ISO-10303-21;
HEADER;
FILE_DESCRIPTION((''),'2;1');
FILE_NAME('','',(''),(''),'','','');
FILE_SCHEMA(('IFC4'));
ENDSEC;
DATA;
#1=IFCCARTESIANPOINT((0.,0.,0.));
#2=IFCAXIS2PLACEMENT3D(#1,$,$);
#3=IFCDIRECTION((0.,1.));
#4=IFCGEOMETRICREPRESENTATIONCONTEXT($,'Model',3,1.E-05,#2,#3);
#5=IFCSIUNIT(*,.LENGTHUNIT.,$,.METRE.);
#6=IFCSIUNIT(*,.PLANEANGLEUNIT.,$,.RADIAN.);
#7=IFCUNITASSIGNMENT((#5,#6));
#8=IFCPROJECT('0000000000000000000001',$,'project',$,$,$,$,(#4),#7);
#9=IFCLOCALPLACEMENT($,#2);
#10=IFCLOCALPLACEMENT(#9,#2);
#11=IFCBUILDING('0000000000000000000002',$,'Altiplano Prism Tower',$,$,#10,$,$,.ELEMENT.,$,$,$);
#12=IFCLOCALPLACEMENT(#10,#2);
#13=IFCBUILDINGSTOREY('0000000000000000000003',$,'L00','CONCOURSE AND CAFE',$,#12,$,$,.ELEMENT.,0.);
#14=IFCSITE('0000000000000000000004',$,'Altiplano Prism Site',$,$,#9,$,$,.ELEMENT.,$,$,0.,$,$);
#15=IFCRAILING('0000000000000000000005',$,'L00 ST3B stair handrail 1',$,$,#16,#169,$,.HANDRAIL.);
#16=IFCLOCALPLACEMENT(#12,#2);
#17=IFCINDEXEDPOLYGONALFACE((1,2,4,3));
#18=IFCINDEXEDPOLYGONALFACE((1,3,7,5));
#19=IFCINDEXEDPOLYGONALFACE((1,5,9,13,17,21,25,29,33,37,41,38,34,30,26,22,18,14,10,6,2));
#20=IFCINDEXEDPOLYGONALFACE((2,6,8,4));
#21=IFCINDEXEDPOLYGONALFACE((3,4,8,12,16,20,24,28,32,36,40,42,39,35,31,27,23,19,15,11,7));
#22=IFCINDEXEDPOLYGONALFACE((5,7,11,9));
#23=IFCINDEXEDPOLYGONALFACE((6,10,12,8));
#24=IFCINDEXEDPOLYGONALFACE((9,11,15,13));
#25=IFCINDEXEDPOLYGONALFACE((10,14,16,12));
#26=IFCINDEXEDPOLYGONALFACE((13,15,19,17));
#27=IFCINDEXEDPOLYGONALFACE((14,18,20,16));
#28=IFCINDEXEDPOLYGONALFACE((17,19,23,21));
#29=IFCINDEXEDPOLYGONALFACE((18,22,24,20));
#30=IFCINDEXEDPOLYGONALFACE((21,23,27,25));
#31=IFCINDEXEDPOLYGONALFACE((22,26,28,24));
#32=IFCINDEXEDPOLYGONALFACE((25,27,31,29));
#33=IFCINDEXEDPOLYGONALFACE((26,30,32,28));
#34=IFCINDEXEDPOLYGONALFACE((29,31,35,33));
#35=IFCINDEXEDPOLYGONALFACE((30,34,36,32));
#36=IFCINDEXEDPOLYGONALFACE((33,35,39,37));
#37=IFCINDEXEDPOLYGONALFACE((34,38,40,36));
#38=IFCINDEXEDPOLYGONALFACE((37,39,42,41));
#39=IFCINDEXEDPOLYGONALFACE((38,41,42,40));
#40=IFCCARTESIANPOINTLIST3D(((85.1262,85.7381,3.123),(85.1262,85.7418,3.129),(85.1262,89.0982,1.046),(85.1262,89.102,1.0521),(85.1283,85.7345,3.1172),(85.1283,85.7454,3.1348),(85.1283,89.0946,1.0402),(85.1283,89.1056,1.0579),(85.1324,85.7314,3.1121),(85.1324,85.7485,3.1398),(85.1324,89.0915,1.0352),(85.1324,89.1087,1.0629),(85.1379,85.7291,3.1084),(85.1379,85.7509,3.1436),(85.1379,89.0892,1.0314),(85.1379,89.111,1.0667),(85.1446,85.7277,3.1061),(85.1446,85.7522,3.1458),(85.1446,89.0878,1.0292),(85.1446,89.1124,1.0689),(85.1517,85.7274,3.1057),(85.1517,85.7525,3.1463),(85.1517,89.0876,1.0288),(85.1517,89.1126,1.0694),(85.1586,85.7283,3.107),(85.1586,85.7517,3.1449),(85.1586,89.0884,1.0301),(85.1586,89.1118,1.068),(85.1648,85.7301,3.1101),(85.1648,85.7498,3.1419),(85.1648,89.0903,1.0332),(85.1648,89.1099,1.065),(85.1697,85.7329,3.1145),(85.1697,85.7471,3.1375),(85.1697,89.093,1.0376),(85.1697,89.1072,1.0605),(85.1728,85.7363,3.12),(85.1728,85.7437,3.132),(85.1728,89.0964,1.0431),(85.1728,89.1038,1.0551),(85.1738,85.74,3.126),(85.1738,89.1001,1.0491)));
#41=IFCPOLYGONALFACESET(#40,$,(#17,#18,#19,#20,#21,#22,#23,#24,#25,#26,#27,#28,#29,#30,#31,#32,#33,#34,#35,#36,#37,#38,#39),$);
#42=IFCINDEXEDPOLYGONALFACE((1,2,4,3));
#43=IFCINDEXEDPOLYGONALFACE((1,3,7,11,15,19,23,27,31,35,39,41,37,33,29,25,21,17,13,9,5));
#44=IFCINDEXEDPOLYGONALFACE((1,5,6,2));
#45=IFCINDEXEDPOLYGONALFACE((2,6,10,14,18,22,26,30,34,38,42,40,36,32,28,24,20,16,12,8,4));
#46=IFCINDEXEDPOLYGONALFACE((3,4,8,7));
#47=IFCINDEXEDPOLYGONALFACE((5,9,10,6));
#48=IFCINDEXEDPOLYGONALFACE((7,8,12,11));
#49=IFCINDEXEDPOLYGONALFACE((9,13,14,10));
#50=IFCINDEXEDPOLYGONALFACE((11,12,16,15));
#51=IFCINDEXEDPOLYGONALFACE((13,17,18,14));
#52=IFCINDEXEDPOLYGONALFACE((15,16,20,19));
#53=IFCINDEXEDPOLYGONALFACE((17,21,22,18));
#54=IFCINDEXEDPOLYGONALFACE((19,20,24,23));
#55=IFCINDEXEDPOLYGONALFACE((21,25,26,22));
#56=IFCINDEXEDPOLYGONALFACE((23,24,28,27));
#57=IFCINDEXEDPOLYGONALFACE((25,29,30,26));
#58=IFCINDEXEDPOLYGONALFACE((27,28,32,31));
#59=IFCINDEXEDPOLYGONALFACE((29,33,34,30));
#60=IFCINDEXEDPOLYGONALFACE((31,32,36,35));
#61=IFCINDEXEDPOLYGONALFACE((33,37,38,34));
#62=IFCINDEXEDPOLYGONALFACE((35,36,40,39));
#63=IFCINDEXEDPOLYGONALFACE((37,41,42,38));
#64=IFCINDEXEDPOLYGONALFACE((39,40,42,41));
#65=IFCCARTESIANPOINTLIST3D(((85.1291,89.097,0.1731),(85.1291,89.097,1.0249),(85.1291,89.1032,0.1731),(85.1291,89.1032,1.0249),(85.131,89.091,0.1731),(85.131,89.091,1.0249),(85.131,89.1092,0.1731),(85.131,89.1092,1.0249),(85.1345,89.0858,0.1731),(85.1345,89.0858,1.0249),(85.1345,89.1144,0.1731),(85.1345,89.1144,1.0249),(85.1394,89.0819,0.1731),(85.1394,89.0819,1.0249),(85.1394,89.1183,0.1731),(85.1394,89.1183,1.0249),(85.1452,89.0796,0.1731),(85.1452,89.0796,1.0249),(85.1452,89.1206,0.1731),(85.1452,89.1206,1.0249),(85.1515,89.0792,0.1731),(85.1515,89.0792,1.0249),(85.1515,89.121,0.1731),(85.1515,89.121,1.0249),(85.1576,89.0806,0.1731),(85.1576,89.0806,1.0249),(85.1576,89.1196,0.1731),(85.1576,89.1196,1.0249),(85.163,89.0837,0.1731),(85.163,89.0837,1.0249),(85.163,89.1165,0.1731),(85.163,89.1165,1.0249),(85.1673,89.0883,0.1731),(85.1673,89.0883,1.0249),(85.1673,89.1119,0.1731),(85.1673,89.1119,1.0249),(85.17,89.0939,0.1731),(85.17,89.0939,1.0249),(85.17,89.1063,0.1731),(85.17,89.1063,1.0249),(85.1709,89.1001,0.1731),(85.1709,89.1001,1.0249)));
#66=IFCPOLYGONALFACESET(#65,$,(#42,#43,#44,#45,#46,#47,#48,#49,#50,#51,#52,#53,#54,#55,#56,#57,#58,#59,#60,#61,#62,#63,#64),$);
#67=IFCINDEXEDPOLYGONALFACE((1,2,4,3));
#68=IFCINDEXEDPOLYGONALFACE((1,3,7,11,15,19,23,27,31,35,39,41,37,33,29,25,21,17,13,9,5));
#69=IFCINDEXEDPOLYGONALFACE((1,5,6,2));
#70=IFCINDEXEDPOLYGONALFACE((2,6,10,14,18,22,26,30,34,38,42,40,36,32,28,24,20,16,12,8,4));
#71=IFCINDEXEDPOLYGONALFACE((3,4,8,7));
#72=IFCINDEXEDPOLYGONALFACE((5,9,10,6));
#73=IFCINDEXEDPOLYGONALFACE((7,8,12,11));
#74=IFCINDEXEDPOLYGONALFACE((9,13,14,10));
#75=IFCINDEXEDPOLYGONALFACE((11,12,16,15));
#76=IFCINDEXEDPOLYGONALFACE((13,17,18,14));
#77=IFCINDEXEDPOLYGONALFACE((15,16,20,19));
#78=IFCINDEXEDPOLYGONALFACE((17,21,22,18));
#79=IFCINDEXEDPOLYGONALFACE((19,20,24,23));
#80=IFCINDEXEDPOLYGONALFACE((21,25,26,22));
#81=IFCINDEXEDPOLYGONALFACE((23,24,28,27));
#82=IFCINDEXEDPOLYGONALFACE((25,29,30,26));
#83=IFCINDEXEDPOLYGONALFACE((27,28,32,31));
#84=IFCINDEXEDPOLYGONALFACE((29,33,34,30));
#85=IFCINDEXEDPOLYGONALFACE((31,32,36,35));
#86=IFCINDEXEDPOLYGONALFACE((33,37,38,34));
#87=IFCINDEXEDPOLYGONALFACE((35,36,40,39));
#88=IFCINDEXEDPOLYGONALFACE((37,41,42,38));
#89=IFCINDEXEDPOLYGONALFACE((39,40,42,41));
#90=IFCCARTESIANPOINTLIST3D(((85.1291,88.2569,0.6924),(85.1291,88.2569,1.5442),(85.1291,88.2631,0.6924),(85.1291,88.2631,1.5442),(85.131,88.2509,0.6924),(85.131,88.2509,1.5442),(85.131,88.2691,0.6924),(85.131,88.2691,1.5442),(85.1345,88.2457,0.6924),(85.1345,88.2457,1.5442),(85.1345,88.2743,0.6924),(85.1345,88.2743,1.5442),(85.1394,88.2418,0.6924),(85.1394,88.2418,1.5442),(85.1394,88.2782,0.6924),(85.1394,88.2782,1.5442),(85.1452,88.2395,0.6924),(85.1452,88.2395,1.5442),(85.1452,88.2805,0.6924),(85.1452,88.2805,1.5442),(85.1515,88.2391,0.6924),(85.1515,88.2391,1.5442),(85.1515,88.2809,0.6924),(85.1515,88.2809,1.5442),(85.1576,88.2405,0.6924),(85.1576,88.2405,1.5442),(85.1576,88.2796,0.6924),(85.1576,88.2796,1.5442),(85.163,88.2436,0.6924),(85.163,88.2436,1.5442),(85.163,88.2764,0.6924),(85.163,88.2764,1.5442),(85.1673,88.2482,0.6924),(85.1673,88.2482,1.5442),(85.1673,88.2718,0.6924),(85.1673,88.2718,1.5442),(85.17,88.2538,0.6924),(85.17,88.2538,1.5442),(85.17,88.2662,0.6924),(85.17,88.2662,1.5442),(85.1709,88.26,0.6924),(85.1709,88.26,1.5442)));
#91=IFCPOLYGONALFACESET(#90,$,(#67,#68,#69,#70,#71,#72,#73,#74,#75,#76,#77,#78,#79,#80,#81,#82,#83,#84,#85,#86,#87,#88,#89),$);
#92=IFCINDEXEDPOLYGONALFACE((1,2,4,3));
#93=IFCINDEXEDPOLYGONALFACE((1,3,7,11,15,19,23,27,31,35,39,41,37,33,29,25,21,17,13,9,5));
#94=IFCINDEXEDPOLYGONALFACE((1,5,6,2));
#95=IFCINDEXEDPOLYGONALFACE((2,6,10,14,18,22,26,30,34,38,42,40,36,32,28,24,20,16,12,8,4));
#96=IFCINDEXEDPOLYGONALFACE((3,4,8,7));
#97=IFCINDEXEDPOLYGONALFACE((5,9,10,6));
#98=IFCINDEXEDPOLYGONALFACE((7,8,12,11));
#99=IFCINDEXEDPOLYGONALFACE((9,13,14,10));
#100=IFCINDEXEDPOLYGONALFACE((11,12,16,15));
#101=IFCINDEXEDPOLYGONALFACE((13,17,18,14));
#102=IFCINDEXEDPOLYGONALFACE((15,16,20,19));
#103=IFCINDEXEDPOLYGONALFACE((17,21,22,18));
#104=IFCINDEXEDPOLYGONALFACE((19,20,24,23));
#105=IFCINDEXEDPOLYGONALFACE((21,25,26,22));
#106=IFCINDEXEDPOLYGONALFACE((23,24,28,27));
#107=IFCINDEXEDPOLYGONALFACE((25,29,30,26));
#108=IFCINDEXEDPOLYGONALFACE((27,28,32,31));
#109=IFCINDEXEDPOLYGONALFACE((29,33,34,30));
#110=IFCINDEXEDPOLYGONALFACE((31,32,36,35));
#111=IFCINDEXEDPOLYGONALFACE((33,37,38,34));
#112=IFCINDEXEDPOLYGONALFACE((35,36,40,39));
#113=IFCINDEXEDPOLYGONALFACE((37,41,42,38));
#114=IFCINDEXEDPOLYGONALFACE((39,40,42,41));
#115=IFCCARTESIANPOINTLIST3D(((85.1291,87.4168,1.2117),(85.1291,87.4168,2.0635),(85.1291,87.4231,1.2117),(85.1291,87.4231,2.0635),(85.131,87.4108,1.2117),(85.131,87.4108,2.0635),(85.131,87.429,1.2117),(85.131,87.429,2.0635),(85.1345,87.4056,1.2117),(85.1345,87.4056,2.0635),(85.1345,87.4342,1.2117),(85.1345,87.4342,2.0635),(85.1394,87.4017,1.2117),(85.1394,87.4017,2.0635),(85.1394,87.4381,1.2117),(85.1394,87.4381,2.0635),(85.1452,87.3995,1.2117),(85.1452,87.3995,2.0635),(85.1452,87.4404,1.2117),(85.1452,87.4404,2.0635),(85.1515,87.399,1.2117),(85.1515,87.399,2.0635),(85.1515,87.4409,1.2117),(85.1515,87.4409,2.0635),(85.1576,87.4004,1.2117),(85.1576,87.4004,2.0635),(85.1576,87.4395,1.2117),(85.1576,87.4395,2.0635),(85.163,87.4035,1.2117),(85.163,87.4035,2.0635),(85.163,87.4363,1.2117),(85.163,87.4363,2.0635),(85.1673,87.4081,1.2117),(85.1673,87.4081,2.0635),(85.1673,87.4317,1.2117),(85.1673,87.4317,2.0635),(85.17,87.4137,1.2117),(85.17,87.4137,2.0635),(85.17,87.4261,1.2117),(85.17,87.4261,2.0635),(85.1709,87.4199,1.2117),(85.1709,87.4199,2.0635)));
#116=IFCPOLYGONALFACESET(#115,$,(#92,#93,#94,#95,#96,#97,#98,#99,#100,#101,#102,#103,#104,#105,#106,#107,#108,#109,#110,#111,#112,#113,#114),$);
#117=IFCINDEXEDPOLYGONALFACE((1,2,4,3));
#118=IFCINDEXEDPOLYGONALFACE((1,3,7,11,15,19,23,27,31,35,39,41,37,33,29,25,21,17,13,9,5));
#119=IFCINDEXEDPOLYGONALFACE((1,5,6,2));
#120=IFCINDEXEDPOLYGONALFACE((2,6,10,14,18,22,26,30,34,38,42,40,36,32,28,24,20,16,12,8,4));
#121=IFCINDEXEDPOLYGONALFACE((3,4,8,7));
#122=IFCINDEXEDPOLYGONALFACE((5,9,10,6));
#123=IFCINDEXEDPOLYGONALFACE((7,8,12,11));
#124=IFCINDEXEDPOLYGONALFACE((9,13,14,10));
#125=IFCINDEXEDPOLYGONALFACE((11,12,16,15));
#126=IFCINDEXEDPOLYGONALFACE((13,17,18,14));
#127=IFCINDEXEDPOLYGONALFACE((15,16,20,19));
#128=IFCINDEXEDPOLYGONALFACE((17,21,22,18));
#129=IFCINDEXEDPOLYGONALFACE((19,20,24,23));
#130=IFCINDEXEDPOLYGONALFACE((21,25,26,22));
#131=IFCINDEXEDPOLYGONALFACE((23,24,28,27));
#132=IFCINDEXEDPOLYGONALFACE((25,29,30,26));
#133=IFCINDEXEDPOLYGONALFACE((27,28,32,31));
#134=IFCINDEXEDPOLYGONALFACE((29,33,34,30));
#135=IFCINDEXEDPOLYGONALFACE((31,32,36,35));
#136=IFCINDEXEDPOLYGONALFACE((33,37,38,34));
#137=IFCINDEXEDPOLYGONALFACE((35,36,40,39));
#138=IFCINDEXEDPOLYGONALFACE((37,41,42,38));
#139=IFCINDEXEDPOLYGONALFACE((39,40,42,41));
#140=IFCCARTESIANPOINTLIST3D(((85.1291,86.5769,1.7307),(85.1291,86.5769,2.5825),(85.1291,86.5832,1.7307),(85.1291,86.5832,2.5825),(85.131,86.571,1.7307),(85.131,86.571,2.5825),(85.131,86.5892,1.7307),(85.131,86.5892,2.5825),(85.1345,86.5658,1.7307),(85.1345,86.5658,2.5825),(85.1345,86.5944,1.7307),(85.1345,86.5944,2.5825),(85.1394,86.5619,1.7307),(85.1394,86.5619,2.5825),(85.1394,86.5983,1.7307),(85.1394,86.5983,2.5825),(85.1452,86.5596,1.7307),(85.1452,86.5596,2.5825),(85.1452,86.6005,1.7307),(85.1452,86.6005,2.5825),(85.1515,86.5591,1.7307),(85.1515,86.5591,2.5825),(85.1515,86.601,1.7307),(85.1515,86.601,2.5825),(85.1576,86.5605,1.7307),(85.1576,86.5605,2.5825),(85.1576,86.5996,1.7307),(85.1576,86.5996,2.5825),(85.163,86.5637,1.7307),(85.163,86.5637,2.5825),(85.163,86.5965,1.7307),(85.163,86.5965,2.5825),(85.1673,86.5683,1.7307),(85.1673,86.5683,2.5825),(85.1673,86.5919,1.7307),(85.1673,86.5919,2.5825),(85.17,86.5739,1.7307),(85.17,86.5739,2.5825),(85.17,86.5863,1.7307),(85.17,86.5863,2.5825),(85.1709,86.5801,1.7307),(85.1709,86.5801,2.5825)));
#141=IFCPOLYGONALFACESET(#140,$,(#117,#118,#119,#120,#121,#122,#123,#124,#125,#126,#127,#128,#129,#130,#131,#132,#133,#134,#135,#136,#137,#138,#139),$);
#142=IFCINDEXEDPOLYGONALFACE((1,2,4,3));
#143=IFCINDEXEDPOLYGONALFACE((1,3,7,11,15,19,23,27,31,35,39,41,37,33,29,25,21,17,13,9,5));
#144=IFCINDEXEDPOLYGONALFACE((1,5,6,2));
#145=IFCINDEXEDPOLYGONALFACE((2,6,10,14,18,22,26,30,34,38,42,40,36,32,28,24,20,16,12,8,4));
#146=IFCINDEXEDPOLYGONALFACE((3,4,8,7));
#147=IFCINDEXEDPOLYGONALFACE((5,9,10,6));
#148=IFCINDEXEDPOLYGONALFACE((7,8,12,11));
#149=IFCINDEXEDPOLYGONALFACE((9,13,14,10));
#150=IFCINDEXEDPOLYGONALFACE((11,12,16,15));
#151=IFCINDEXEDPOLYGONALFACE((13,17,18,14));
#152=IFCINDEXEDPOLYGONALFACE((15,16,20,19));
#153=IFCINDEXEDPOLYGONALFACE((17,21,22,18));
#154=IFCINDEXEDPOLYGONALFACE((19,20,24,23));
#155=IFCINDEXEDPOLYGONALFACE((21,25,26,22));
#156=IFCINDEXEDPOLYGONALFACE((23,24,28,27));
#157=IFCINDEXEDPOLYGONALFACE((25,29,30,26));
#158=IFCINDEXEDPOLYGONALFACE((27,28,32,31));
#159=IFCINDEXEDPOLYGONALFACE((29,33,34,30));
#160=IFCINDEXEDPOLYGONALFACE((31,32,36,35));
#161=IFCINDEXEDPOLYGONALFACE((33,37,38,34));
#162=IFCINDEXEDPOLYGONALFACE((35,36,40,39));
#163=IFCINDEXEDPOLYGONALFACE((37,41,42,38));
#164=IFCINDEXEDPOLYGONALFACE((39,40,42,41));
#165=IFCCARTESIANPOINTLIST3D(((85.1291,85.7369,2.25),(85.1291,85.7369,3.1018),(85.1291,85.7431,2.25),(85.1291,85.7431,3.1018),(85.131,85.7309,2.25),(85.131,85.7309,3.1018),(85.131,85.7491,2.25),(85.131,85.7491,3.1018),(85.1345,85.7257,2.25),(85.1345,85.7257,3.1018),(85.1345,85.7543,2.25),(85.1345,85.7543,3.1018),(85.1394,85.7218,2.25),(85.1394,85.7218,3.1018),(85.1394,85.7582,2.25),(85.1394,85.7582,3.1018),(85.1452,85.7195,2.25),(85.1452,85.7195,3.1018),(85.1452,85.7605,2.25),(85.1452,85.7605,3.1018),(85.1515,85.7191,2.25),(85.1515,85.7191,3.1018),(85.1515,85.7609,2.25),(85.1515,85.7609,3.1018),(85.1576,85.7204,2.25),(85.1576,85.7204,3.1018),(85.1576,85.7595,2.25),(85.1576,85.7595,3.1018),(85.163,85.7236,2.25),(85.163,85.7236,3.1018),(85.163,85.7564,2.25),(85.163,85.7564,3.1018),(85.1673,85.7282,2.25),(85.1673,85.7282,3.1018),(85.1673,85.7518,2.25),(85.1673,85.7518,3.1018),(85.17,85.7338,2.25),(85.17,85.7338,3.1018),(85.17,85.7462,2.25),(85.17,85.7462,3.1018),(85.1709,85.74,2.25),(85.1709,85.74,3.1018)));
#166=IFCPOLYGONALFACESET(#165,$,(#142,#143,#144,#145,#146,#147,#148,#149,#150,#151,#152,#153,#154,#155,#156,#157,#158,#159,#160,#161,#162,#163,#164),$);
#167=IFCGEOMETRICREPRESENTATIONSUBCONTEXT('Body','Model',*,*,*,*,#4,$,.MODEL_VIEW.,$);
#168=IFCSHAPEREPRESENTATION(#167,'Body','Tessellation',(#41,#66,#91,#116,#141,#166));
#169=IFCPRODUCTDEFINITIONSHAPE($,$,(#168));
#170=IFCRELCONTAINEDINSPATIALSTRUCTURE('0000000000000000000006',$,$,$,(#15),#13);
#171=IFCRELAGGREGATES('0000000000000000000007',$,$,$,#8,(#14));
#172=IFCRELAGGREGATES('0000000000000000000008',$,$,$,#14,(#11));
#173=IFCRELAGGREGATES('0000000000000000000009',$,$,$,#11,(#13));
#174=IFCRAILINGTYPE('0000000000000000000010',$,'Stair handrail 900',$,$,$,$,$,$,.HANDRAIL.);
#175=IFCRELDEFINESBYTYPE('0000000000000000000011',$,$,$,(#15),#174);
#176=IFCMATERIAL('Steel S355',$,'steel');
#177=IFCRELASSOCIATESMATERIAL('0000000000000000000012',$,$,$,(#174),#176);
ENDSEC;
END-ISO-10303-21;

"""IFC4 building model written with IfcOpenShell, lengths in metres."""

from ifc_helpers import new_model, si_unit, direction, frame, origin, origin_2d, place, context, subcontext, project, spatial, circle, extrude, material, type_object, element, save


model = new_model("IFC4")

# Units and contexts
model_context = context("Model", 3, precision=1e-05, world=origin(), true_north=direction((0.0, 1.0)))
body_context = subcontext(model_context, "Body", "Model", "MODEL_VIEW")
ifc_project = project(units=[si_unit("LENGTHUNIT", "METRE"), si_unit("PLANEANGLEUNIT", "RADIAN")], contexts=[model_context])

# Site, building, storey
site_placement = place(None, origin())
site = spatial("IfcSite", under=ifc_project, at=site_placement, Name="Altiplano Prism Site", CompositionType="ELEMENT", RefElevation=0.0)
building_placement = place(site_placement, origin())
building = spatial("IfcBuilding", under=site, at=building_placement, Name="Altiplano Prism Tower", CompositionType="ELEMENT")
storey_placement = place(building_placement, origin())
storey = spatial("IfcBuildingStorey", under=building, at=storey_placement, Name="L00", Description="CONCOURSE AND CAFE", CompositionType="ELEMENT", Elevation=0.0)

# Railing
ifc_material_1 = material(Name="Steel S355", Category="steel")
railing_type_1 = type_object("IfcRailingType", Name="Stair handrail 900", PredefinedType="HANDRAIL", material=ifc_material_1)
railing_1_placement = place(storey_placement, frame((85.1499, 89.1001, 0.1731)))
element("IfcRailing", 1, at=railing_1_placement, inside=storey, type_object=railing_type_1, Name="L00 ST3B stair handrail 1", PredefinedType="HANDRAIL", context=body_context, shape_type="SweptSolid", body=[
    extrude(circle(Radius=0.0239, at=origin_2d()), frame((0.0, 0.0, 0.876), z_axis=(0.0, -0.850623, 0.525776), x_axis=(1.0, 0.0, 0.0)), (0.0, 0.0, 1.0), 3.9502),
    extrude(circle(Radius=0.021, at=origin_2d()), origin(), (0.0, 0.0, 1.0), 0.8518),
    extrude(circle(Radius=0.021, at=origin_2d()), frame((0.0, -0.8401, 0.5193)), (0.0, 0.0, 1.0), 0.8518),
    extrude(circle(Radius=0.021, at=origin_2d()), frame((0.0, -1.6802, 1.0386)), (0.0, 0.0, 1.0), 0.8518),
    extrude(circle(Radius=0.021, at=origin_2d()), frame((0.0, -2.52, 1.5576)), (0.0, 0.0, 1.0), 0.8518),
    extrude(circle(Radius=0.021, at=origin_2d()), frame((0.0, -3.3601, 2.0769)), (0.0, 0.0, 1.0), 0.8518),
])

save(model, "model.ifc")
